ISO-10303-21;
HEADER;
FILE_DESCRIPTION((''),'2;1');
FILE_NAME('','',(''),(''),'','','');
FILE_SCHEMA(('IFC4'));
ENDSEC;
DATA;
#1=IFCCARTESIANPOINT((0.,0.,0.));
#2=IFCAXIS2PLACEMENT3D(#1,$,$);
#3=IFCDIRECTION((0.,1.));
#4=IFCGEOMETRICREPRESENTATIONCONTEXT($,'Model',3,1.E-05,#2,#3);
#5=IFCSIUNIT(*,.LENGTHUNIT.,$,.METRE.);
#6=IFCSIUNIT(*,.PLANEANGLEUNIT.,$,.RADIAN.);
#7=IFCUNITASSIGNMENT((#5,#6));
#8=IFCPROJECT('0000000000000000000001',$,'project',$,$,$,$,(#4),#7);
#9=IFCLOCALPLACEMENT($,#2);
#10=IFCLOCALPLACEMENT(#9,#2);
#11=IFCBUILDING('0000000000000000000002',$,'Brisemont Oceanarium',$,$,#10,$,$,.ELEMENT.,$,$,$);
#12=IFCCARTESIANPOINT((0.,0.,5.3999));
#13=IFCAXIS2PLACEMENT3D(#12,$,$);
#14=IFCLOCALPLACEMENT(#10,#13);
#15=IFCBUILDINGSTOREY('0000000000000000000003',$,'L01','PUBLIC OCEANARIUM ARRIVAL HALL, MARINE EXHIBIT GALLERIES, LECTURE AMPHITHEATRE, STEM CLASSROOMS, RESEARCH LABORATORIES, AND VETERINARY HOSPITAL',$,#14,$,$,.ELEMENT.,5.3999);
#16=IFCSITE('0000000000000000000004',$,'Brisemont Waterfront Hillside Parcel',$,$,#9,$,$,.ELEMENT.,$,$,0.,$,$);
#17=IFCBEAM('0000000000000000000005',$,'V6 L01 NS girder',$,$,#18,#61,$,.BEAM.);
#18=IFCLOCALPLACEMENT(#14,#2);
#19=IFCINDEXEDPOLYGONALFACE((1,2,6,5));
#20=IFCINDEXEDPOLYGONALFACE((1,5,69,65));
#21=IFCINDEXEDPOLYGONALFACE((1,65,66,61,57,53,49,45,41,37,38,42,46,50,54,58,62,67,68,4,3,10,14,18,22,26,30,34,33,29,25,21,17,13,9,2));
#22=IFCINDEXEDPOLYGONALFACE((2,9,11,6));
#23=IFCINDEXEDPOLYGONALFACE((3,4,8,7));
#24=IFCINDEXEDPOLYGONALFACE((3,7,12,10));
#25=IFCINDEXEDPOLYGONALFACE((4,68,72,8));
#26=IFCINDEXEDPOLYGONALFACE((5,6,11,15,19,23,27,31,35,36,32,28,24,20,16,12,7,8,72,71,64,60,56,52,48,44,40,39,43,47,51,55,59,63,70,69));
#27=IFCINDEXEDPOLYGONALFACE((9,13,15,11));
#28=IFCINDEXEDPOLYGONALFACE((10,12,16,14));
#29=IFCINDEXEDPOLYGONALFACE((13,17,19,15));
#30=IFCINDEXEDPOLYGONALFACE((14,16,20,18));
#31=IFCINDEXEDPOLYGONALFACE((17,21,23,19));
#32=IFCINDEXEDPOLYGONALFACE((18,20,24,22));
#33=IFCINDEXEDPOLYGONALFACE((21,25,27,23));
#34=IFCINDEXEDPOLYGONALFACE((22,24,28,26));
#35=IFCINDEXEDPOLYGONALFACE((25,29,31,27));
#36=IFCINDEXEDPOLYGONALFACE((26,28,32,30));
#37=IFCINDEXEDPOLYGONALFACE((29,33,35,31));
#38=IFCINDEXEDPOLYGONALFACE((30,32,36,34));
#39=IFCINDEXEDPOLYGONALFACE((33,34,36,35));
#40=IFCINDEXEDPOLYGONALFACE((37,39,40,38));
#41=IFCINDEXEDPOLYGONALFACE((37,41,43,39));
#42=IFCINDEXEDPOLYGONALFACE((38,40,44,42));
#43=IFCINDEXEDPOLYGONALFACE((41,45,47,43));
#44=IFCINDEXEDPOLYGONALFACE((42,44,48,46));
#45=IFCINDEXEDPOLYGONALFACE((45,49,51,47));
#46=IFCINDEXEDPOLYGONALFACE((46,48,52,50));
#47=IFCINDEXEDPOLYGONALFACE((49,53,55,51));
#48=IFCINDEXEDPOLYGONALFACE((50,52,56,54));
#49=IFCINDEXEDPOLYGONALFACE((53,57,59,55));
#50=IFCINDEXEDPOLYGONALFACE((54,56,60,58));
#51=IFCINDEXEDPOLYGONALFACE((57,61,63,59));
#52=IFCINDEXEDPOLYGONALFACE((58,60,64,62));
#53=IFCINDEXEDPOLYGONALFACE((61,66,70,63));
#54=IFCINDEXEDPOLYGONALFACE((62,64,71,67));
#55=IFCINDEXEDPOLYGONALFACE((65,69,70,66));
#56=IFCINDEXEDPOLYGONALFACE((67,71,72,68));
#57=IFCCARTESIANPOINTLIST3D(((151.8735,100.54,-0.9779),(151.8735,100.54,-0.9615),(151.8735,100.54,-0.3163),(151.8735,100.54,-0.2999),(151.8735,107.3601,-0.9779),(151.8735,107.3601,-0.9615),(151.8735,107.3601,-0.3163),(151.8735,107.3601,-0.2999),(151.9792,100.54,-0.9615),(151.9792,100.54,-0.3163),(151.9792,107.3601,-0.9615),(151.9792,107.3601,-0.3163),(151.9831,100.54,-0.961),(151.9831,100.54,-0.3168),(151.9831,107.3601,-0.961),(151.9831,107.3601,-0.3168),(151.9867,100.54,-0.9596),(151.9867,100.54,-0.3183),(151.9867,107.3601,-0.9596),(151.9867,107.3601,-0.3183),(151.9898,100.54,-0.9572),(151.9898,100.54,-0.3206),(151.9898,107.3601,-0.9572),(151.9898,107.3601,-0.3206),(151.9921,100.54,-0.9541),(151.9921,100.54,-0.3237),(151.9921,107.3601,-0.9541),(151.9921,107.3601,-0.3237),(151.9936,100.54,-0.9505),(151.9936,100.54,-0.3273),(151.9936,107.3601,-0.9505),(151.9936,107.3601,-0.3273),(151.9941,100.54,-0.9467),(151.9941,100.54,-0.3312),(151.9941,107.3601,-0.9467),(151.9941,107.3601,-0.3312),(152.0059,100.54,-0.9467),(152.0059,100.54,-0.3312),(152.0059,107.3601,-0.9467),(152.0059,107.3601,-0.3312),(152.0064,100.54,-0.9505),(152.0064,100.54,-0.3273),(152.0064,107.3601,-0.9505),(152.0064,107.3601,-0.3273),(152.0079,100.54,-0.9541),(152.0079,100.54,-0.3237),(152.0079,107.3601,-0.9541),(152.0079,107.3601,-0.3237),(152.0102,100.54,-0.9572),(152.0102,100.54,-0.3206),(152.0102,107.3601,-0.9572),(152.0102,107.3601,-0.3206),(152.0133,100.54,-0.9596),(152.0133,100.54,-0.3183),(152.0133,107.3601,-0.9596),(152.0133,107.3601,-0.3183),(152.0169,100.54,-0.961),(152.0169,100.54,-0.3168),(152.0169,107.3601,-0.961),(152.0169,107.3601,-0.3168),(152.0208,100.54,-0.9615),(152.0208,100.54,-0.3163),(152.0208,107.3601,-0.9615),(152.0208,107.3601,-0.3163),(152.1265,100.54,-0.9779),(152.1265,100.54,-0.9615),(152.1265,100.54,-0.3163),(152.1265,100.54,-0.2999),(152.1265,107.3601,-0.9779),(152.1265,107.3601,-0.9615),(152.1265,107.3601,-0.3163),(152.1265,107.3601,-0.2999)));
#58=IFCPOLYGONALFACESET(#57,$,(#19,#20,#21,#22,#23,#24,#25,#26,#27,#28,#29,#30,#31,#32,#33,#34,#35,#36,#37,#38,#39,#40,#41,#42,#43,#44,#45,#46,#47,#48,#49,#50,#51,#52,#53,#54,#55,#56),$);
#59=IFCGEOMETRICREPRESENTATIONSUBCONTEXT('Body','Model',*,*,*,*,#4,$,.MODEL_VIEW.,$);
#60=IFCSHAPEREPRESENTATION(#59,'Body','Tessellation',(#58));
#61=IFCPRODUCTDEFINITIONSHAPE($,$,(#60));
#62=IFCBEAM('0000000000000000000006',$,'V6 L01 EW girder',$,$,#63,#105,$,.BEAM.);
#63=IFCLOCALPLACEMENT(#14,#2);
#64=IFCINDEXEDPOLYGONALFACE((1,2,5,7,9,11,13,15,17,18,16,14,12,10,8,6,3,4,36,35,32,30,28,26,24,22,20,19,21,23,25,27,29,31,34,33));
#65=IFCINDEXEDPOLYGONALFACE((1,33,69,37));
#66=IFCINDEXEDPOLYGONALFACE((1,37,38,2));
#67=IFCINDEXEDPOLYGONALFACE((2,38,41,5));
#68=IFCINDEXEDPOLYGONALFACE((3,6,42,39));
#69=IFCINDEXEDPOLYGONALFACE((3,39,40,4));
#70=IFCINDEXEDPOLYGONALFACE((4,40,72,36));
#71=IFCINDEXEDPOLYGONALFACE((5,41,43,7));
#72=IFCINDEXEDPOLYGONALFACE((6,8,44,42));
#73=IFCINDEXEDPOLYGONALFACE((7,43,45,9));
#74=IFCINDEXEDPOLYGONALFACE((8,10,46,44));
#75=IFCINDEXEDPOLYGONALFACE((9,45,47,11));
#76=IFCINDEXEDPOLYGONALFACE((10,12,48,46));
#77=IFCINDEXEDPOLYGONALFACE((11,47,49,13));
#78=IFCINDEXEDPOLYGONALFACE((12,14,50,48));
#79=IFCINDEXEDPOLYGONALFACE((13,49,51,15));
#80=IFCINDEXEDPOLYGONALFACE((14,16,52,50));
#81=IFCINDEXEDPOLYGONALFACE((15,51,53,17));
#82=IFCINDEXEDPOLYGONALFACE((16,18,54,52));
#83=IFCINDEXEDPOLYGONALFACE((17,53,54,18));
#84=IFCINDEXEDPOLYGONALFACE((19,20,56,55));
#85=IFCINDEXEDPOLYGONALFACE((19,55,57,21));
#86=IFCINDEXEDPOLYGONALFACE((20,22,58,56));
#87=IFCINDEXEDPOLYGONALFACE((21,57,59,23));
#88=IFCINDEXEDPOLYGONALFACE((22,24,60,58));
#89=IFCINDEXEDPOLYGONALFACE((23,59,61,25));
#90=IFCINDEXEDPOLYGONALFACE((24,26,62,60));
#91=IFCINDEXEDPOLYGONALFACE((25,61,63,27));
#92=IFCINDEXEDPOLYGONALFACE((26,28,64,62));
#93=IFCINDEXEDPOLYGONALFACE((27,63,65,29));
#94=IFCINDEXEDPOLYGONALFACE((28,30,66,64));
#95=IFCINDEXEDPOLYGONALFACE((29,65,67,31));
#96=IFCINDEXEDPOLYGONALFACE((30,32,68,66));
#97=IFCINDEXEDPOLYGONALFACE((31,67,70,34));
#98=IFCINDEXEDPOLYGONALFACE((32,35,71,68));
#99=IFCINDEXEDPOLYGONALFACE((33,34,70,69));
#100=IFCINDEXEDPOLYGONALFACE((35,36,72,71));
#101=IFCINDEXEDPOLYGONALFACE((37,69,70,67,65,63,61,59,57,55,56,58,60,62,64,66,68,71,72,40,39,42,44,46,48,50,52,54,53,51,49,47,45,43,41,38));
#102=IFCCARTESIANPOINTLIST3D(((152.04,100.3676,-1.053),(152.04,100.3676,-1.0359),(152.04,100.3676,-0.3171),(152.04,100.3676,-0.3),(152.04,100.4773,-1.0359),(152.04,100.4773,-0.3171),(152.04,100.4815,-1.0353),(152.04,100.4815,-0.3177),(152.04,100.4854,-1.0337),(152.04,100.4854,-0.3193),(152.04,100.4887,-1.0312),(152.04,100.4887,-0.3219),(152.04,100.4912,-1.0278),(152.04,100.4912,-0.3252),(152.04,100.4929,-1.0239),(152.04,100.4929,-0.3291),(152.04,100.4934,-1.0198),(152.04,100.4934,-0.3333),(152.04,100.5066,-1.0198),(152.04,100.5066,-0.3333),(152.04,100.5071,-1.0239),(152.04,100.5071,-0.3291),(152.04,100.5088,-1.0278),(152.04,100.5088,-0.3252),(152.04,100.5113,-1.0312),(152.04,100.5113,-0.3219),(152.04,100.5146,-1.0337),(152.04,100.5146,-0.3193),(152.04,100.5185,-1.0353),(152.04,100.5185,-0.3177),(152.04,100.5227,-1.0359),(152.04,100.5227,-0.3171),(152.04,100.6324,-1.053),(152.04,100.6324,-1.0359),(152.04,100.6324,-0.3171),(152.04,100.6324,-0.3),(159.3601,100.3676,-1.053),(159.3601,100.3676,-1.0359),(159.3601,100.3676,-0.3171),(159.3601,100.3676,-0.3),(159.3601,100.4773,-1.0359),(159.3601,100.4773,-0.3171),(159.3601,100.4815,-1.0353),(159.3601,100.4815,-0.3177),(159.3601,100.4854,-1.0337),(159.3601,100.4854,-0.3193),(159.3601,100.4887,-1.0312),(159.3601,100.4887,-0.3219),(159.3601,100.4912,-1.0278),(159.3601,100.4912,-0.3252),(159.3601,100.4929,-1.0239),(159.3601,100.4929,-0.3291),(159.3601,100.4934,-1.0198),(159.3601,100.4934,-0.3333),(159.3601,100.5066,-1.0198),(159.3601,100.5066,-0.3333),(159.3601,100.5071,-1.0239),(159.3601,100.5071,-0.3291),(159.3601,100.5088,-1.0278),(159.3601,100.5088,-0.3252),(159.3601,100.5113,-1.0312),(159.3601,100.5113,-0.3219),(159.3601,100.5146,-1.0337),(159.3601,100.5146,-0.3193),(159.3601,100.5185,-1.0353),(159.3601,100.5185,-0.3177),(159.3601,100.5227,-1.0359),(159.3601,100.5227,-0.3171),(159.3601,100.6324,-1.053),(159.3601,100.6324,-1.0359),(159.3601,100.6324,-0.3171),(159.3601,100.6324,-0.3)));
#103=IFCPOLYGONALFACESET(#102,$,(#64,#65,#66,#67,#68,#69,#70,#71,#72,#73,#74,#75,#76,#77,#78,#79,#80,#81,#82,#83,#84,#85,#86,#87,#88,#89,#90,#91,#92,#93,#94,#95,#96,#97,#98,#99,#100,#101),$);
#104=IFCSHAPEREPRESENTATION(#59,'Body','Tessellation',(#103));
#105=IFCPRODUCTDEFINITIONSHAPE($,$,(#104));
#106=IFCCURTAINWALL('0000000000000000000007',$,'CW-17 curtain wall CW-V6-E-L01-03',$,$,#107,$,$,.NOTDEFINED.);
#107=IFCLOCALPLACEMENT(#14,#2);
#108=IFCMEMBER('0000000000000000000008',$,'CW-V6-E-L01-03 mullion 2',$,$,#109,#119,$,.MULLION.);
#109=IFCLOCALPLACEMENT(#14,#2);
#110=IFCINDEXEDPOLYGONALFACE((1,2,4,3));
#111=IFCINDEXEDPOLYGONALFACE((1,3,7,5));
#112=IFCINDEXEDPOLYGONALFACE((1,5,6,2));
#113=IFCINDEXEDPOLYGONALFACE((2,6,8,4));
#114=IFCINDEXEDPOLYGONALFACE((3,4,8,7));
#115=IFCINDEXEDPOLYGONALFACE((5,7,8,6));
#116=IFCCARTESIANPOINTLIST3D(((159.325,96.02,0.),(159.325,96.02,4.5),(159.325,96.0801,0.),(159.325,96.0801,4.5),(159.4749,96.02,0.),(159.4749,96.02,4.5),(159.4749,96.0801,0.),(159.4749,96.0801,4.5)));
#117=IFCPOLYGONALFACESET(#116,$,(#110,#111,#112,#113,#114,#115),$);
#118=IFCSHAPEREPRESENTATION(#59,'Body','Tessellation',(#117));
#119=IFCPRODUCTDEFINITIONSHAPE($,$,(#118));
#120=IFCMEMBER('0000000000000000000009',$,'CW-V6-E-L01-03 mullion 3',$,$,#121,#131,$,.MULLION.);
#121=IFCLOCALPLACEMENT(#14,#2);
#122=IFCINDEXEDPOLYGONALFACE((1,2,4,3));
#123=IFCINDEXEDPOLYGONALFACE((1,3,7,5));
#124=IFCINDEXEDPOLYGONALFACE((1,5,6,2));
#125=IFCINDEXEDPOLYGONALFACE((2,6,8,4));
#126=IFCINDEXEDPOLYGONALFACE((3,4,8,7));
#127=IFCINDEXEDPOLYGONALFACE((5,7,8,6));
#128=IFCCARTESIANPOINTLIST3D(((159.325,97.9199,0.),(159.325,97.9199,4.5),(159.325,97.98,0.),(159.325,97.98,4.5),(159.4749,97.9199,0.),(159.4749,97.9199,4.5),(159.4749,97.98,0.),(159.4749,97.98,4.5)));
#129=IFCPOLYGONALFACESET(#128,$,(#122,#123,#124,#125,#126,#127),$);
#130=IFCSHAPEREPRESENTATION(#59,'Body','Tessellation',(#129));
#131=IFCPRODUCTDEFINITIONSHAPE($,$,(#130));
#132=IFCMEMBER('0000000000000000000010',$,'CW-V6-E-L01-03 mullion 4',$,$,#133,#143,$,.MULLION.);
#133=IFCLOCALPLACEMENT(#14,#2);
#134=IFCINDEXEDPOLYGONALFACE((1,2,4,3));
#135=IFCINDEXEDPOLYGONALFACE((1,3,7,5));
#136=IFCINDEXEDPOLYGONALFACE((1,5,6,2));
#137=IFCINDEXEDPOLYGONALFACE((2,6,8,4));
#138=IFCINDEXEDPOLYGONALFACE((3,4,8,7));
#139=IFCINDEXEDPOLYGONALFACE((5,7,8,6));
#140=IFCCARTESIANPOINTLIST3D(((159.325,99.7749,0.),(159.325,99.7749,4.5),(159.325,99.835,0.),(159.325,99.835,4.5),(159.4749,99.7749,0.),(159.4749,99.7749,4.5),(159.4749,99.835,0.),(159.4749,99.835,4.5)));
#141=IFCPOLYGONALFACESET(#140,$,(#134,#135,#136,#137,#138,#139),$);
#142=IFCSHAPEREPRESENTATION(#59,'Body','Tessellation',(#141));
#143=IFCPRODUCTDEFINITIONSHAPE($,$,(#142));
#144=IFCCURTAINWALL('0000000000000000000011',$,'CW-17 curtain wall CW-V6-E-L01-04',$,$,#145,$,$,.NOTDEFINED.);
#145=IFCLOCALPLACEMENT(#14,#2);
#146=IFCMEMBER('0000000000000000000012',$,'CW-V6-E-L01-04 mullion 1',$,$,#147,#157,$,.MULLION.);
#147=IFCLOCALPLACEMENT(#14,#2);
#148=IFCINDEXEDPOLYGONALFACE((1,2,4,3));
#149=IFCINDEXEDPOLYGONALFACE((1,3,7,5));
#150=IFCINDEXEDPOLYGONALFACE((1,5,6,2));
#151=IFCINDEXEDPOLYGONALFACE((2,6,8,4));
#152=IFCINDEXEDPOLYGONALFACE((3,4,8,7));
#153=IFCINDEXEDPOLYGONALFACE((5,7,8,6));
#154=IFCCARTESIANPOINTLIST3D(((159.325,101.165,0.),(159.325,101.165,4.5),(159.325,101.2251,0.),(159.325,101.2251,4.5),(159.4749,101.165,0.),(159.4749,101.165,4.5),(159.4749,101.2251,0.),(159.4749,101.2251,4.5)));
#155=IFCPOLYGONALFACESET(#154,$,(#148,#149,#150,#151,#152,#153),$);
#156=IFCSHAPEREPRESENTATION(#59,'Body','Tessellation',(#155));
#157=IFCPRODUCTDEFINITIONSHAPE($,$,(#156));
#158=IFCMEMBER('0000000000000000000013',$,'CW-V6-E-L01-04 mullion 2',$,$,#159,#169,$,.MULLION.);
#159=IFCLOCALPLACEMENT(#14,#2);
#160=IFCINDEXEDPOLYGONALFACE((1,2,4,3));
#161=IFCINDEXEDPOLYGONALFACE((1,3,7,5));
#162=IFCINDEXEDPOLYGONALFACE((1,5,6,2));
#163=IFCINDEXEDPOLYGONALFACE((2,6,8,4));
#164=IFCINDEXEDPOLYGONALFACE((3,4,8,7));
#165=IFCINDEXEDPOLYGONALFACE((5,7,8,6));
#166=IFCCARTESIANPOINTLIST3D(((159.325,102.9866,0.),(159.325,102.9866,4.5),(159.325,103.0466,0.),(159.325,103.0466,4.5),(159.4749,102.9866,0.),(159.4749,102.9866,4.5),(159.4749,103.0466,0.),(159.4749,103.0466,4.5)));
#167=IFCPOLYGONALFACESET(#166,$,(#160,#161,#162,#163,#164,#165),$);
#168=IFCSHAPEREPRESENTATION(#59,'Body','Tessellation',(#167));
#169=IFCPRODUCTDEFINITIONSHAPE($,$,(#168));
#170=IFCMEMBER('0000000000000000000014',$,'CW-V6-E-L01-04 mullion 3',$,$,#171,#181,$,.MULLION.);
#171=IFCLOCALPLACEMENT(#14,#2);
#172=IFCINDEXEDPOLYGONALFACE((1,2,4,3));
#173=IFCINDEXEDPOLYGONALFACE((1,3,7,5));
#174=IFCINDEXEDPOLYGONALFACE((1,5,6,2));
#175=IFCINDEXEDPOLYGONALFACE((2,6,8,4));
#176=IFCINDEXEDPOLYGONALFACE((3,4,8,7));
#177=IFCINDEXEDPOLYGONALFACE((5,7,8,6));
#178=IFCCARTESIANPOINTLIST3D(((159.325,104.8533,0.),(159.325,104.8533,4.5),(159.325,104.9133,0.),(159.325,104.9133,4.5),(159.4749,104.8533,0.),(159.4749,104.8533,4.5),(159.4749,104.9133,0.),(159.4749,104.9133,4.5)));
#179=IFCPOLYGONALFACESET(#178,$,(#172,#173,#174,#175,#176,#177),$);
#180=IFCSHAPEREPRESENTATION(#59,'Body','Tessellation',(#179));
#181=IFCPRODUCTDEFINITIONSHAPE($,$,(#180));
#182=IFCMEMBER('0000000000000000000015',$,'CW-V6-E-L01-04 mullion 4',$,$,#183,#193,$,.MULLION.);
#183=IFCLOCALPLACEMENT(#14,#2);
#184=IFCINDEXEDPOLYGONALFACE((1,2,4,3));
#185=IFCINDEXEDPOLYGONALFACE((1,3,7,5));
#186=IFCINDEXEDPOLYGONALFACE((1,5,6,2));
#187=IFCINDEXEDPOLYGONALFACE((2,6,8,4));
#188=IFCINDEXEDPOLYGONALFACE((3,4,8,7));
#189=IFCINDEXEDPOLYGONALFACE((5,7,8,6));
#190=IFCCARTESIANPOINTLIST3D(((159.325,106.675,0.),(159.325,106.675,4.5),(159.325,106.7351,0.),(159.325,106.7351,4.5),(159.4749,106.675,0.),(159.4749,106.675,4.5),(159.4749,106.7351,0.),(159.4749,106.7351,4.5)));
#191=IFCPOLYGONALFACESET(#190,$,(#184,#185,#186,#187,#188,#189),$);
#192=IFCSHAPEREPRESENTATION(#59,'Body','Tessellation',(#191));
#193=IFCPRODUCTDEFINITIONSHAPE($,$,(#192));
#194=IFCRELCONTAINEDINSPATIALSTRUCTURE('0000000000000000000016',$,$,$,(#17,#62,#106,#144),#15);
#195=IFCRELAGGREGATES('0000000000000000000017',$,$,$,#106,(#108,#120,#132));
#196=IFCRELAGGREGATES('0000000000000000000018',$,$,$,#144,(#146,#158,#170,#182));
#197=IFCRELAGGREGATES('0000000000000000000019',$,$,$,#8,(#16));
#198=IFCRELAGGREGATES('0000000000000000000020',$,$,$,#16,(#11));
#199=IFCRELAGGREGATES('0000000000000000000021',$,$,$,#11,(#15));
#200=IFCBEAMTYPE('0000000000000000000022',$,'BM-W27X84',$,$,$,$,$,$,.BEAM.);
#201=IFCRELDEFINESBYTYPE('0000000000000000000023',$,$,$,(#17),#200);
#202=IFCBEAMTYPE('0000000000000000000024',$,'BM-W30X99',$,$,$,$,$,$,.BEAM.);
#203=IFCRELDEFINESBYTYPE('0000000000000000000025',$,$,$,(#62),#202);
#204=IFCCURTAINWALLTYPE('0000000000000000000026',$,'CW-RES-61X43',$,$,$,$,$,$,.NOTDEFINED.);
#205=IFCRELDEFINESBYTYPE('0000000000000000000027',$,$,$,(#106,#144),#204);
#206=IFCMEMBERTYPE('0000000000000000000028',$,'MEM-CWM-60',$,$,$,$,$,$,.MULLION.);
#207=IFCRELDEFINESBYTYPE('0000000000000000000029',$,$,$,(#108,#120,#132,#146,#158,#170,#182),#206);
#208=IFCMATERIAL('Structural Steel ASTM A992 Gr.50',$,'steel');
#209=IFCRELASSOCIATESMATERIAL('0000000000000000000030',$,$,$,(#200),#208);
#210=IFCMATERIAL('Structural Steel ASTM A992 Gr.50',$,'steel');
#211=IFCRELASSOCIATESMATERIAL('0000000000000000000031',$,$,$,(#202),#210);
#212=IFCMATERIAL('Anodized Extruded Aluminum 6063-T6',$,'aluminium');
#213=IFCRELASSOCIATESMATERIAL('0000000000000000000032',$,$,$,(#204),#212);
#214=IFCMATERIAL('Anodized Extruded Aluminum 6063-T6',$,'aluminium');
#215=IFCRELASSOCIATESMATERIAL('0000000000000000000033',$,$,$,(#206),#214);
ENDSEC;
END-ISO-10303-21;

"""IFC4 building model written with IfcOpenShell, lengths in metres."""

from ifc_helpers import new_model, si_unit, direction, frame, origin, origin_2d, place, context, subcontext, project, spatial, rectangle, i_section, extrude, material, material_profile, profile_set, type_object, element, aggregate, save


model = new_model("IFC4")

# Units and contexts
model_context = context("Model", 3, precision=1e-05, world=origin(), true_north=direction((0.0, 1.0)))
body_context = subcontext(model_context, "Body", "Model", "MODEL_VIEW")
ifc_project = project(units=[si_unit("LENGTHUNIT", "METRE"), si_unit("PLANEANGLEUNIT", "RADIAN")], contexts=[model_context])

# Site, building, storey
site_placement = place(None, origin())
site = spatial("IfcSite", under=ifc_project, at=site_placement, Name="Brisemont Waterfront Hillside Parcel", CompositionType="ELEMENT", RefElevation=0.0)
building_placement = place(site_placement, origin())
building = spatial("IfcBuilding", under=site, at=building_placement, Name="Brisemont Oceanarium", CompositionType="ELEMENT")
storey_placement = place(building_placement, frame((0.0, 0.0, 5.3999)))
storey = spatial("IfcBuildingStorey", under=building, at=storey_placement, Name="L01", Description="PUBLIC OCEANARIUM ARRIVAL HALL, MARINE EXHIBIT GALLERIES, LECTURE AMPHITHEATRE, STEM CLASSROOMS, RESEARCH LABORATORIES, AND VETERINARY HOSPITAL", CompositionType="ELEMENT", Elevation=5.3999)

# Beams
ifc_material_1 = material(Name="Structural Steel ASTM A992 Gr.50", Category="steel")
ifc_material_profile_1 = material_profile(ifc_material_1, i_section(OverallWidth=0.2529, OverallDepth=0.678, WebThickness=0.0117, FlangeThickness=0.0164, FilletRadius=0.0149, at=origin_2d()), Name="W27X84")
ifc_profile_set_1 = profile_set([ifc_material_profile_1], Name="Structural Steel ASTM A992 Gr.50")
beam_type_1 = type_object("IfcBeamType", Name="BM-W27X84", PredefinedType="BEAM", material=ifc_profile_set_1)
beam_1_placement = place(storey_placement, frame((152.0, 100.54, -0.6389), z_axis=(0.0, 1.0, 0.0), x_axis=(-1.0, 0.0, 0.0)))
element("IfcBeam", 1, at=beam_1_placement, inside=storey, type_object=beam_type_1, Name="V6 L01 NS girder", PredefinedType="BEAM", context=body_context, shape_type="SweptSolid", body=[
    extrude(i_section(OverallWidth=0.2529, OverallDepth=0.678, WebThickness=0.0117, FlangeThickness=0.0164, FilletRadius=0.0149, at=origin_2d()), origin(), (0.0, 0.0, 1.0), 6.8201),
])
ifc_material_2 = material(Name="Structural Steel ASTM A992 Gr.50", Category="steel")
ifc_material_profile_2 = material_profile(ifc_material_2, i_section(OverallWidth=0.2649, OverallDepth=0.7529, WebThickness=0.0132, FlangeThickness=0.0171, FilletRadius=0.0161, at=origin_2d()), Name="W30X99")
ifc_profile_set_2 = profile_set([ifc_material_profile_2], Name="Structural Steel ASTM A992 Gr.50")
beam_type_2 = type_object("IfcBeamType", Name="BM-W30X99", PredefinedType="BEAM", material=ifc_profile_set_2)
beam_2_placement = place(storey_placement, frame((152.04, 100.5, -0.6765), z_axis=(1.0, 0.0, 0.0), x_axis=(0.0, 1.0, 0.0)))
element("IfcBeam", 2, at=beam_2_placement, inside=storey, type_object=beam_type_2, Name="V6 L01 EW girder", PredefinedType="BEAM", context=body_context, shape_type="SweptSolid", body=[
    extrude(i_section(OverallWidth=0.2649, OverallDepth=0.7529, WebThickness=0.0132, FlangeThickness=0.0171, FilletRadius=0.0161, at=origin_2d()), origin(), (0.0, 0.0, 1.0), 7.3201),
])

# Curtain walls, members
ifc_material_3 = material(Name="Anodized Extruded Aluminum 6063-T6", Category="aluminium")
curtain_wall_type = type_object("IfcCurtainWallType", Name="CW-RES-61X43", PredefinedType="NOTDEFINED", material=ifc_material_3)
curtain_wall_1_placement = place(storey_placement, origin())
curtain_wall_1 = element("IfcCurtainWall", 3, at=curtain_wall_1_placement, inside=storey, type_object=curtain_wall_type, Name="CW-17 curtain wall CW-V6-E-L01-03", PredefinedType="NOTDEFINED")
ifc_material_4 = material(Name="Anodized Extruded Aluminum 6063-T6", Category="aluminium")
ifc_material_profile_3 = material_profile(ifc_material_4, rectangle(XDim=0.0601, YDim=0.1499, at=origin_2d()), Name="CWM-60X150")
ifc_profile_set_3 = profile_set([ifc_material_profile_3], Name="Anodized Extruded Aluminum 6063-T6")
member_type_1 = type_object("IfcMemberType", Name="MEM-CWM-60", PredefinedType="MULLION", material=ifc_profile_set_3)
member_1_placement = place(storey_placement, frame((159.3999, 96.05, 0.0), z_axis=(0.0, 0.0, 1.0), x_axis=(0.0, 1.0, 0.0)))
member_1 = element("IfcMember", 4, at=member_1_placement, type_object=member_type_1, Name="CW-V6-E-L01-03 mullion 2", PredefinedType="MULLION", context=body_context, shape_type="SweptSolid", body=[
    extrude(rectangle(XDim=0.0601, YDim=0.1499, at=origin_2d()), origin(), (0.0, 0.0, 1.0), 4.5),
])
member_2_placement = place(storey_placement, frame((159.3999, 97.95, 0.0), z_axis=(0.0, 0.0, 1.0), x_axis=(0.0, 1.0, 0.0)))
member_2 = element("IfcMember", 5, at=member_2_placement, type_object=member_type_1, Name="CW-V6-E-L01-03 mullion 3", PredefinedType="MULLION", context=body_context, shape_type="SweptSolid", body=[
    extrude(rectangle(XDim=0.0601, YDim=0.1499, at=origin_2d()), origin(), (0.0, 0.0, 1.0), 4.5),
])
member_3_placement = place(storey_placement, frame((159.3999, 99.8049, 0.0), z_axis=(0.0, 0.0, 1.0), x_axis=(0.0, 1.0, 0.0)))
member_3 = element("IfcMember", 6, at=member_3_placement, type_object=member_type_1, Name="CW-V6-E-L01-03 mullion 4", PredefinedType="MULLION", context=body_context, shape_type="SweptSolid", body=[
    extrude(rectangle(XDim=0.0601, YDim=0.1499, at=origin_2d()), origin(), (0.0, 0.0, 1.0), 4.5),
])
curtain_wall_2_placement = place(storey_placement, origin())
curtain_wall_2 = element("IfcCurtainWall", 7, at=curtain_wall_2_placement, inside=storey, type_object=curtain_wall_type, Name="CW-17 curtain wall CW-V6-E-L01-04", PredefinedType="NOTDEFINED")
member_4_placement = place(storey_placement, frame((159.3999, 101.1951, 0.0), z_axis=(0.0, 0.0, 1.0), x_axis=(0.0, 1.0, 0.0)))
member_4 = element("IfcMember", 8, at=member_4_placement, type_object=member_type_1, Name="CW-V6-E-L01-04 mullion 1", PredefinedType="MULLION", context=body_context, shape_type="SweptSolid", body=[
    extrude(rectangle(XDim=0.0601, YDim=0.1499, at=origin_2d()), origin(), (0.0, 0.0, 1.0), 4.5),
])
member_5_placement = place(storey_placement, frame((159.3999, 103.0166, 0.0), z_axis=(0.0, 0.0, 1.0), x_axis=(0.0, 1.0, 0.0)))
member_5 = element("IfcMember", 9, at=member_5_placement, type_object=member_type_1, Name="CW-V6-E-L01-04 mullion 2", PredefinedType="MULLION", context=body_context, shape_type="SweptSolid", body=[
    extrude(rectangle(XDim=0.0601, YDim=0.1499, at=origin_2d()), origin(), (0.0, 0.0, 1.0), 4.5),
])
member_6_placement = place(storey_placement, frame((159.3999, 104.8833, 0.0), z_axis=(0.0, 0.0, 1.0), x_axis=(0.0, 1.0, 0.0)))
member_6 = element("IfcMember", 10, at=member_6_placement, type_object=member_type_1, Name="CW-V6-E-L01-04 mullion 3", PredefinedType="MULLION", context=body_context, shape_type="SweptSolid", body=[
    extrude(rectangle(XDim=0.0601, YDim=0.1499, at=origin_2d()), origin(), (0.0, 0.0, 1.0), 4.5),
])
member_7_placement = place(storey_placement, frame((159.3999, 106.7051, 0.0), z_axis=(0.0, 0.0, 1.0), x_axis=(0.0, 1.0, 0.0)))
member_7 = element("IfcMember", 11, at=member_7_placement, type_object=member_type_1, Name="CW-V6-E-L01-04 mullion 4", PredefinedType="MULLION", context=body_context, shape_type="SweptSolid", body=[
    extrude(rectangle(XDim=0.0601, YDim=0.1499, at=origin_2d()), origin(), (0.0, 0.0, 1.0), 4.5),
])

aggregate(curtain_wall_1, [member_1, member_2, member_3])
aggregate(curtain_wall_2, [member_4, member_5, member_6, member_7])

save(model, "model.ifc")
